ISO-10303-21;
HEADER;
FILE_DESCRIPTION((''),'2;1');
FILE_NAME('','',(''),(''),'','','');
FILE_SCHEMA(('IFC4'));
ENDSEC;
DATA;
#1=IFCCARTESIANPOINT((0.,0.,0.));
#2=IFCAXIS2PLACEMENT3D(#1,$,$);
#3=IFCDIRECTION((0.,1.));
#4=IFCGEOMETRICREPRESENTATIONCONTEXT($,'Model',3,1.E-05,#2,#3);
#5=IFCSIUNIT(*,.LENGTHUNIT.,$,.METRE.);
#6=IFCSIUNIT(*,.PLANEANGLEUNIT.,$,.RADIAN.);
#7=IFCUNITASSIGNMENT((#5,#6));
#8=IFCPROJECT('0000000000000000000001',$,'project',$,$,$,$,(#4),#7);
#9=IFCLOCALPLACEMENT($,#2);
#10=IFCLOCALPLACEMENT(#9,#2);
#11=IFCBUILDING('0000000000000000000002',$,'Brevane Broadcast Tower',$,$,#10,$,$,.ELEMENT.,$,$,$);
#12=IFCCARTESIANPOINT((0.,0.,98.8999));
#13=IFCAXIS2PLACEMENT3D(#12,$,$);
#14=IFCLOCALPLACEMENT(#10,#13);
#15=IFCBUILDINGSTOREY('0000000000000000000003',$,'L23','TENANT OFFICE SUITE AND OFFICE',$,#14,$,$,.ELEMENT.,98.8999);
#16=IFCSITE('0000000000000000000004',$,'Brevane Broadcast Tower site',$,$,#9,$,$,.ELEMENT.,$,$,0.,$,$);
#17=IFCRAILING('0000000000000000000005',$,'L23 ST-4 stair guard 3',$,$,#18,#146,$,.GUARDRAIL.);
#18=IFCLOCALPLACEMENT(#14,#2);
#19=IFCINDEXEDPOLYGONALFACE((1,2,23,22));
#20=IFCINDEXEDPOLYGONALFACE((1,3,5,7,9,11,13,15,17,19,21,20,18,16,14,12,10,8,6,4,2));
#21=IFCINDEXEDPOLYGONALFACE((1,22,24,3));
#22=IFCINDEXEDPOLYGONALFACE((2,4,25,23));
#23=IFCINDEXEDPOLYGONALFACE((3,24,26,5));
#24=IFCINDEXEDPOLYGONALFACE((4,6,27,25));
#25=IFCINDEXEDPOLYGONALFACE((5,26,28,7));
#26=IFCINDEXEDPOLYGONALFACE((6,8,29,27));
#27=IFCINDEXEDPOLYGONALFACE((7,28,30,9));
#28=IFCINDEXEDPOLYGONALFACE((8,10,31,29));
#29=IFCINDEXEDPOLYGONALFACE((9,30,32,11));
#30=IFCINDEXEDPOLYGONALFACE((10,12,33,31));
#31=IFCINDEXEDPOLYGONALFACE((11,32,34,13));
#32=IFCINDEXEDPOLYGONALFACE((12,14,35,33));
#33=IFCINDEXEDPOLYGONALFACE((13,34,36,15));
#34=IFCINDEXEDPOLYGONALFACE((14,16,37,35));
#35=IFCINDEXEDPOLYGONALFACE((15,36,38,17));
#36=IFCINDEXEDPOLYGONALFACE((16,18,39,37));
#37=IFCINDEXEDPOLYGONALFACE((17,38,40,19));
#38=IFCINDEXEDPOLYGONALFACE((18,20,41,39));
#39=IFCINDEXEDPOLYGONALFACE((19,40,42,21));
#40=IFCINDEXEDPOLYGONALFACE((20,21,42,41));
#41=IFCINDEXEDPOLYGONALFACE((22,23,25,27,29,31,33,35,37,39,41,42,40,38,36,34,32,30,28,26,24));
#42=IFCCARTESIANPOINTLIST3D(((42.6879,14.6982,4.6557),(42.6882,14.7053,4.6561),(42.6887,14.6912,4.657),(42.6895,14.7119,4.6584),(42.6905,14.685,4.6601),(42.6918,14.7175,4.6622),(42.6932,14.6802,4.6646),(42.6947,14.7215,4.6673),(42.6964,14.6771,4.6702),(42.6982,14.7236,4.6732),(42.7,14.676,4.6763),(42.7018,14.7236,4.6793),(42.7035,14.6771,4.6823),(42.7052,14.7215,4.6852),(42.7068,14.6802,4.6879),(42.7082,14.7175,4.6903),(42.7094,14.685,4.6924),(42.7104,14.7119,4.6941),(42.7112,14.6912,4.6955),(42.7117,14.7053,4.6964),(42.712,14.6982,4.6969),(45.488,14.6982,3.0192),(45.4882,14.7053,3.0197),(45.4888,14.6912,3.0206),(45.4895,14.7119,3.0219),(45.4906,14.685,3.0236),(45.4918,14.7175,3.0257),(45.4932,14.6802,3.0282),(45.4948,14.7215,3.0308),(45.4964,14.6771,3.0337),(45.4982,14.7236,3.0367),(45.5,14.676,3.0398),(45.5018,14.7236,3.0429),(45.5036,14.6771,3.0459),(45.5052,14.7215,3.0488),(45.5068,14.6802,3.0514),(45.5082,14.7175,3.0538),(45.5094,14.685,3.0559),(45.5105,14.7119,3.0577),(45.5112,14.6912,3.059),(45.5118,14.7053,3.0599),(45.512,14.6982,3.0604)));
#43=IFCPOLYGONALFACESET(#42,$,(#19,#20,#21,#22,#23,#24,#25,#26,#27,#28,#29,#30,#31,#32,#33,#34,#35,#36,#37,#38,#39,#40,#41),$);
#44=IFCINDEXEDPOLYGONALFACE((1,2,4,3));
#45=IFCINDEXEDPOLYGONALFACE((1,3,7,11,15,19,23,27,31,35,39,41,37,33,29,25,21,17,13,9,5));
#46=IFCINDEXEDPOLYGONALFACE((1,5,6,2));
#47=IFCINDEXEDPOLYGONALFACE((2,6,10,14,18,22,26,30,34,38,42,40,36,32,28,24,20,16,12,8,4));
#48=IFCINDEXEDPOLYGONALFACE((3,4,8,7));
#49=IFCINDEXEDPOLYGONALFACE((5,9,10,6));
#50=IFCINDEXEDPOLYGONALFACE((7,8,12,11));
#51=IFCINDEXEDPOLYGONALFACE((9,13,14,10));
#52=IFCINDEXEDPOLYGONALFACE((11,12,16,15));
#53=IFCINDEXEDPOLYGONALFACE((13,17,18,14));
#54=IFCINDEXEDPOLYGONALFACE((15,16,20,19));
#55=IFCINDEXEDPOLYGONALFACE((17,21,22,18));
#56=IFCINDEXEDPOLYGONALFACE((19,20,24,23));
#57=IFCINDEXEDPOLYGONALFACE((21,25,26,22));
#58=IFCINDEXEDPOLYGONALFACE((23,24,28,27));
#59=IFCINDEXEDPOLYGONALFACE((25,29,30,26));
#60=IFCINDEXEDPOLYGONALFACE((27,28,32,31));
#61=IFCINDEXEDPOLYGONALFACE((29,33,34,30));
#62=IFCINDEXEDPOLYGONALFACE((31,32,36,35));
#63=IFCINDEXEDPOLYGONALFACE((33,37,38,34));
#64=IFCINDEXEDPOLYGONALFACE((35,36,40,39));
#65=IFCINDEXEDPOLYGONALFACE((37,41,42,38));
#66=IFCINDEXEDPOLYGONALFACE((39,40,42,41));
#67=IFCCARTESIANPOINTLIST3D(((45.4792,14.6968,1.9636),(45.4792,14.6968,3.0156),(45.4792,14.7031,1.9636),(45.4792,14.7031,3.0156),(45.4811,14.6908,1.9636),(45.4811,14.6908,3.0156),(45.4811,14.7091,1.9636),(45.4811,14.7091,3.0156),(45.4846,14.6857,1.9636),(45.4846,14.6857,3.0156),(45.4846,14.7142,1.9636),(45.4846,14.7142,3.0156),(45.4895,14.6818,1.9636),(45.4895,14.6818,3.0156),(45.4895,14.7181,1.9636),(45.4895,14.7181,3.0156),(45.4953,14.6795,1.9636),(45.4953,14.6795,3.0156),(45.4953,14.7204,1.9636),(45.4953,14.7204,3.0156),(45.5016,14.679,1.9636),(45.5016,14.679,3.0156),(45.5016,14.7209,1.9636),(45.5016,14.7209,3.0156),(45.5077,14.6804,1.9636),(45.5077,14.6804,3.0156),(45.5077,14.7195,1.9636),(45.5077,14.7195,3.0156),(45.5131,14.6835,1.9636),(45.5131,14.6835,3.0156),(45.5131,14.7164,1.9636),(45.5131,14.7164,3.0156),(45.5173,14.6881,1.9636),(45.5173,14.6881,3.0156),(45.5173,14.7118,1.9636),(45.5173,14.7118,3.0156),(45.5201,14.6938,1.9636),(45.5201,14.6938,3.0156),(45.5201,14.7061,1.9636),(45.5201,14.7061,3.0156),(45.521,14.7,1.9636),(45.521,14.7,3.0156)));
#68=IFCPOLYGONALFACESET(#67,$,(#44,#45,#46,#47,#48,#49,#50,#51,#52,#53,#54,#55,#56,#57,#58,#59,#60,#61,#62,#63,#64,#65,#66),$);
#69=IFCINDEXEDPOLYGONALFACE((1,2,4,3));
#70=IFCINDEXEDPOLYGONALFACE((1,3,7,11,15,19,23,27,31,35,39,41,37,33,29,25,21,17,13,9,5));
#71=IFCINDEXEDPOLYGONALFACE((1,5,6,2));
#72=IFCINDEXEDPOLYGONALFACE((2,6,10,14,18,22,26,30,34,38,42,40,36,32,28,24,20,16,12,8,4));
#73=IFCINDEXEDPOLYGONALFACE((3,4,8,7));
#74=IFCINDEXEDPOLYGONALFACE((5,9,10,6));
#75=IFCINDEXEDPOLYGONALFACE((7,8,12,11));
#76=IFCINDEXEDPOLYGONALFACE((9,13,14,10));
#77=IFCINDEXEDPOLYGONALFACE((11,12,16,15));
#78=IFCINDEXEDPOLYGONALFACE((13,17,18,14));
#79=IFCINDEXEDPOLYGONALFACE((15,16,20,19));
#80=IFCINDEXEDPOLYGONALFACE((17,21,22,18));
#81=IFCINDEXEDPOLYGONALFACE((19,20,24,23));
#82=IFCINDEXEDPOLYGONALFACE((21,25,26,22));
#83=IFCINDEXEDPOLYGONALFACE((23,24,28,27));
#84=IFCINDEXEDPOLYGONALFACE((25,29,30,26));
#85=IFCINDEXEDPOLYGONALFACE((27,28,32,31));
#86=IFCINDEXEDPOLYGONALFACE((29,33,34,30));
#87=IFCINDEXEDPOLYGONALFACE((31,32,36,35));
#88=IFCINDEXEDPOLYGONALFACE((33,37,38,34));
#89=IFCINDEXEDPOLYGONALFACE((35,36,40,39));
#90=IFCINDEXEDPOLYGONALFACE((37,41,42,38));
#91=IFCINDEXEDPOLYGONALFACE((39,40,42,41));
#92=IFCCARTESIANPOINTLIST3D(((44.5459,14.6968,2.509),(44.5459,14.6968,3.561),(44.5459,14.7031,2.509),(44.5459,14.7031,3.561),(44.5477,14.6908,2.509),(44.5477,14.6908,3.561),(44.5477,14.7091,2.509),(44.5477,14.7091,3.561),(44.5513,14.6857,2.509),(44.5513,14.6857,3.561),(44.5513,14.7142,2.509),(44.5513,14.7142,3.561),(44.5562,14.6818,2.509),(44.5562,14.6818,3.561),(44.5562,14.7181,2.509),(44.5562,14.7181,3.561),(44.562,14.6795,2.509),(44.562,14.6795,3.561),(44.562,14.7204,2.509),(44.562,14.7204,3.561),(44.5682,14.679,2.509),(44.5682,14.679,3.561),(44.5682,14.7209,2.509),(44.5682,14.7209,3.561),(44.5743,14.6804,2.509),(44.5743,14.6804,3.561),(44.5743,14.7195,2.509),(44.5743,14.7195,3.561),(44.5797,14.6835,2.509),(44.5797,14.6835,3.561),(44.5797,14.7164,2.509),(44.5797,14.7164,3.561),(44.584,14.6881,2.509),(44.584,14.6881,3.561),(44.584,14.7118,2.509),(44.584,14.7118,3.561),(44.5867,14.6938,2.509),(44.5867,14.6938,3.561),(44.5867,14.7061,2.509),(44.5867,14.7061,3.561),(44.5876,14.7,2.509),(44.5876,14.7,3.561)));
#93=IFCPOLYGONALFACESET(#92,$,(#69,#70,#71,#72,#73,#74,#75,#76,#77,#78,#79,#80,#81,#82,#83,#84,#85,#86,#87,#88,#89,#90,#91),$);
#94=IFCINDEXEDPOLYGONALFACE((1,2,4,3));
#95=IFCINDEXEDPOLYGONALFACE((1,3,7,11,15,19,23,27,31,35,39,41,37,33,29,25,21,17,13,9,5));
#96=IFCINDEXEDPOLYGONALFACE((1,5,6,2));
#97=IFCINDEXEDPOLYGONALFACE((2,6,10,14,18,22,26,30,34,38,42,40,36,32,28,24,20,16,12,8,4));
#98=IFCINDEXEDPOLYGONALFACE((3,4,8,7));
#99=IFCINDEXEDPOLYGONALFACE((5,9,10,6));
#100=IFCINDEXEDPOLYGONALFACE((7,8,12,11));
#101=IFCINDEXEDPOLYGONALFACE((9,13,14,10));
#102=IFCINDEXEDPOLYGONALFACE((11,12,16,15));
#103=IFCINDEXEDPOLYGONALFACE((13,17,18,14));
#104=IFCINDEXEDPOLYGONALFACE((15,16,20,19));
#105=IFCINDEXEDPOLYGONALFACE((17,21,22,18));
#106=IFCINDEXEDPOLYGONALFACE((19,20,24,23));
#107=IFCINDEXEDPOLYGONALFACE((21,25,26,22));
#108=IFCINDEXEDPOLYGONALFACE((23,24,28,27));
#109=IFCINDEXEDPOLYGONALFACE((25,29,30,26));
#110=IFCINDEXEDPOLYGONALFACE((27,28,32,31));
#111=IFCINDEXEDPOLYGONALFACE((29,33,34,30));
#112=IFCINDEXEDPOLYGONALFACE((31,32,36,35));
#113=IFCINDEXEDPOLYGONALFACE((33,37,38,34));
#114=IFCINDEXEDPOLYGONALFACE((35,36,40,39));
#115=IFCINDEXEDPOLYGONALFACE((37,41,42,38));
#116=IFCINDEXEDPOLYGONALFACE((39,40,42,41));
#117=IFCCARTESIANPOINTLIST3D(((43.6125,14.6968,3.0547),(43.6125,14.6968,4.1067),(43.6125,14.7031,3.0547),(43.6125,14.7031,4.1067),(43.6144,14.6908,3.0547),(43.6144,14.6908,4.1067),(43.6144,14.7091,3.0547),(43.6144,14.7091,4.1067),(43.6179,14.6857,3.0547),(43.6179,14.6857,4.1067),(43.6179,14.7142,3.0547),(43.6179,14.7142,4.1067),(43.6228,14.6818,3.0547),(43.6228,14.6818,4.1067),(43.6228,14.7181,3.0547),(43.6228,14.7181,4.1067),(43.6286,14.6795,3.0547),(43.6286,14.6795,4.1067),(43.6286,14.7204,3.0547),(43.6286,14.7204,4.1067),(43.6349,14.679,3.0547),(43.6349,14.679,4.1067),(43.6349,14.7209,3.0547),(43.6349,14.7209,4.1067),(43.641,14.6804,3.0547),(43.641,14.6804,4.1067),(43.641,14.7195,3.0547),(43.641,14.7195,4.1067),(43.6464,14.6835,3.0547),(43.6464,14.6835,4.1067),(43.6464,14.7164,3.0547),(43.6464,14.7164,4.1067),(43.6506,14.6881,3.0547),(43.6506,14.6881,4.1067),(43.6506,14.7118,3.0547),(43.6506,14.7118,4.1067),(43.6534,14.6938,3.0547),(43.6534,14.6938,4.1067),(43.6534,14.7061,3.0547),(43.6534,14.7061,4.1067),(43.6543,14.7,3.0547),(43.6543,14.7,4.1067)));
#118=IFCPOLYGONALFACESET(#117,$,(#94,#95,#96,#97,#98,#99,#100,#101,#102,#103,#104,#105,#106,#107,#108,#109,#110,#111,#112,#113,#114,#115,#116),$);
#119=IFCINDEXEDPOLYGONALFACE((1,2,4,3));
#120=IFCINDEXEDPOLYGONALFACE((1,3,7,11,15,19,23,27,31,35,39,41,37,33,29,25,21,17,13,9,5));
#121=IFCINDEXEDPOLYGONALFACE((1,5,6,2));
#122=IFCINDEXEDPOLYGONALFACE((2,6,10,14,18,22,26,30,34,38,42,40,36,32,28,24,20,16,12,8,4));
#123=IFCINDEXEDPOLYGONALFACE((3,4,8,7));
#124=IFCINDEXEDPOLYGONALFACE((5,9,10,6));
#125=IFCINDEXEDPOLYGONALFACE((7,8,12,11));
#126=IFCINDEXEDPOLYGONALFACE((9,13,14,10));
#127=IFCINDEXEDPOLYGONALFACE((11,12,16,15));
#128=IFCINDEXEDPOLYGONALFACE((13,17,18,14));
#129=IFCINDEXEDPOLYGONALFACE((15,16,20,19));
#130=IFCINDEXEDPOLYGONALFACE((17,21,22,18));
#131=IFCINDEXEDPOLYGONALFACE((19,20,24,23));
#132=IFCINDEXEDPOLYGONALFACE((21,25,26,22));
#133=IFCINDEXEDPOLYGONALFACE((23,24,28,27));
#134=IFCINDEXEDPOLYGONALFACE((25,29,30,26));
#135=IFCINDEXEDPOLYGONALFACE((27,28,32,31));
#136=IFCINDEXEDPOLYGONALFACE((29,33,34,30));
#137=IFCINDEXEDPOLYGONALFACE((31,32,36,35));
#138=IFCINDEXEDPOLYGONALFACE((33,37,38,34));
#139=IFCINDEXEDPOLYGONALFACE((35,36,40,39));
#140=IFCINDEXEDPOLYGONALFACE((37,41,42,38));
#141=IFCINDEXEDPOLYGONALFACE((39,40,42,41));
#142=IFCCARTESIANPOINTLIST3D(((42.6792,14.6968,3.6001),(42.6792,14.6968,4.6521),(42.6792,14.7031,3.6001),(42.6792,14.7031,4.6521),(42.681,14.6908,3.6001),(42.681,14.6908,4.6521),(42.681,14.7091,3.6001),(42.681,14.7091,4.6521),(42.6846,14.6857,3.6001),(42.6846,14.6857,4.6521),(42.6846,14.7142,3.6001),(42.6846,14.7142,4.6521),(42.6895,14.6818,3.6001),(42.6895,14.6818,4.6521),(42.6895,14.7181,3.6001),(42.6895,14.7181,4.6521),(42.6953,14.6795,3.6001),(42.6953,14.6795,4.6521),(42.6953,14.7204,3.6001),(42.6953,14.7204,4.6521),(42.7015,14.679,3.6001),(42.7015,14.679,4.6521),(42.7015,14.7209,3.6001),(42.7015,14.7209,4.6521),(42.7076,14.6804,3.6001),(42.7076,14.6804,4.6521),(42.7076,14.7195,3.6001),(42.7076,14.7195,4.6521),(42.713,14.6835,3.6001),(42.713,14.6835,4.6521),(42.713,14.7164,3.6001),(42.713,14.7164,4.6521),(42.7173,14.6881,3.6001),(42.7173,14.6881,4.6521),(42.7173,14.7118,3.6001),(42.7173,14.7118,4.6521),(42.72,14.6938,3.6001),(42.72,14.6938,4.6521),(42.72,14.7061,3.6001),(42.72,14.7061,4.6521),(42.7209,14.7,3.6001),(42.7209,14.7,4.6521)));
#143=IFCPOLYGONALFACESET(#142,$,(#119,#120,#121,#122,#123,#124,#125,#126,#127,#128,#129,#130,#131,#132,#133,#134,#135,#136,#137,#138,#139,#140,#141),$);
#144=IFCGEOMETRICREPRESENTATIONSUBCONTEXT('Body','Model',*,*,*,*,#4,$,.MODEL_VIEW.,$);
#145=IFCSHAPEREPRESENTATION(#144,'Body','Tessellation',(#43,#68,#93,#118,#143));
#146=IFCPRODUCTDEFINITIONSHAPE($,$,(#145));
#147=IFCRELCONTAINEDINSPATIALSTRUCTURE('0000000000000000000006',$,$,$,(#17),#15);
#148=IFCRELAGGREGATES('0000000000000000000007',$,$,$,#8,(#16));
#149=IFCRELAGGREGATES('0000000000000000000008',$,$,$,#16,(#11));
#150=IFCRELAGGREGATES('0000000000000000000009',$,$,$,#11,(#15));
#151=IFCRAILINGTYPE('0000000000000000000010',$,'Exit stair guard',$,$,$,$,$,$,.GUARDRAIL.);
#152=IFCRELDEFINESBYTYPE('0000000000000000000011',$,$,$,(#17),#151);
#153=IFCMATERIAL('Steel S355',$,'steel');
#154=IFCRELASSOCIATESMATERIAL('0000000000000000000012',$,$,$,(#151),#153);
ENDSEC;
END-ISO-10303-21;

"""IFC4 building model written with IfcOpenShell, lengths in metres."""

from ifc_helpers import new_model, si_unit, direction, frame, origin, origin_2d, place, context, subcontext, project, spatial, circle, extrude, material, type_object, element, save


model = new_model("IFC4")

# Units and contexts
model_context = context("Model", 3, precision=1e-05, world=origin(), true_north=direction((0.0, 1.0)))
body_context = subcontext(model_context, "Body", "Model", "MODEL_VIEW")
ifc_project = project(units=[si_unit("LENGTHUNIT", "METRE"), si_unit("PLANEANGLEUNIT", "RADIAN")], contexts=[model_context])

# Site, building, storey
site_placement = place(None, origin())
site = spatial("IfcSite", under=ifc_project, at=site_placement, Name="Brevane Broadcast Tower site", CompositionType="ELEMENT", RefElevation=0.0)
building_placement = place(site_placement, origin())
building = spatial("IfcBuilding", under=site, at=building_placement, Name="Brevane Broadcast Tower", CompositionType="ELEMENT")
storey_placement = place(building_placement, frame((0.0, 0.0, 98.8999)))
storey = spatial("IfcBuildingStorey", under=building, at=storey_placement, Name="L23", Description="TENANT OFFICE SUITE AND OFFICE", CompositionType="ELEMENT", Elevation=98.8999)

# Railing
ifc_material_1 = material(Name="Steel S355", Category="steel")
railing_type_1 = type_object("IfcRailingType", Name="Exit stair guard", PredefinedType="GUARDRAIL", material=ifc_material_1)
railing_1_placement = place(storey_placement, frame((45.5, 14.7, 1.9636)))
element("IfcRailing", 1, at=railing_1_placement, inside=storey, type_object=railing_type_1, Name="L23 ST-4 stair guard 3", PredefinedType="GUARDRAIL", context=body_context, shape_type="SweptSolid", body=[
    extrude(circle(Radius=0.0239, at=origin_2d()), frame((0.0, 0.0, 1.0762), z_axis=(-0.863361, 0.0, 0.504587), x_axis=(0.0, -1.0, 0.0)), (0.0, 0.0, 1.0), 3.2432),
    extrude(circle(Radius=0.021, at=origin_2d()), origin(), (0.0, 0.0, 1.0), 1.052),
    extrude(circle(Radius=0.021, at=origin_2d()), frame((-0.9333, 0.0, 0.5454)), (0.0, 0.0, 1.0), 1.052),
    extrude(circle(Radius=0.021, at=origin_2d()), frame((-1.8667, 0.0, 1.0911)), (0.0, 0.0, 1.0), 1.052),
    extrude(circle(Radius=0.021, at=origin_2d()), frame((-2.8, 0.0, 1.6365)), (0.0, 0.0, 1.0), 1.052),
])

save(model, "model.ifc")
